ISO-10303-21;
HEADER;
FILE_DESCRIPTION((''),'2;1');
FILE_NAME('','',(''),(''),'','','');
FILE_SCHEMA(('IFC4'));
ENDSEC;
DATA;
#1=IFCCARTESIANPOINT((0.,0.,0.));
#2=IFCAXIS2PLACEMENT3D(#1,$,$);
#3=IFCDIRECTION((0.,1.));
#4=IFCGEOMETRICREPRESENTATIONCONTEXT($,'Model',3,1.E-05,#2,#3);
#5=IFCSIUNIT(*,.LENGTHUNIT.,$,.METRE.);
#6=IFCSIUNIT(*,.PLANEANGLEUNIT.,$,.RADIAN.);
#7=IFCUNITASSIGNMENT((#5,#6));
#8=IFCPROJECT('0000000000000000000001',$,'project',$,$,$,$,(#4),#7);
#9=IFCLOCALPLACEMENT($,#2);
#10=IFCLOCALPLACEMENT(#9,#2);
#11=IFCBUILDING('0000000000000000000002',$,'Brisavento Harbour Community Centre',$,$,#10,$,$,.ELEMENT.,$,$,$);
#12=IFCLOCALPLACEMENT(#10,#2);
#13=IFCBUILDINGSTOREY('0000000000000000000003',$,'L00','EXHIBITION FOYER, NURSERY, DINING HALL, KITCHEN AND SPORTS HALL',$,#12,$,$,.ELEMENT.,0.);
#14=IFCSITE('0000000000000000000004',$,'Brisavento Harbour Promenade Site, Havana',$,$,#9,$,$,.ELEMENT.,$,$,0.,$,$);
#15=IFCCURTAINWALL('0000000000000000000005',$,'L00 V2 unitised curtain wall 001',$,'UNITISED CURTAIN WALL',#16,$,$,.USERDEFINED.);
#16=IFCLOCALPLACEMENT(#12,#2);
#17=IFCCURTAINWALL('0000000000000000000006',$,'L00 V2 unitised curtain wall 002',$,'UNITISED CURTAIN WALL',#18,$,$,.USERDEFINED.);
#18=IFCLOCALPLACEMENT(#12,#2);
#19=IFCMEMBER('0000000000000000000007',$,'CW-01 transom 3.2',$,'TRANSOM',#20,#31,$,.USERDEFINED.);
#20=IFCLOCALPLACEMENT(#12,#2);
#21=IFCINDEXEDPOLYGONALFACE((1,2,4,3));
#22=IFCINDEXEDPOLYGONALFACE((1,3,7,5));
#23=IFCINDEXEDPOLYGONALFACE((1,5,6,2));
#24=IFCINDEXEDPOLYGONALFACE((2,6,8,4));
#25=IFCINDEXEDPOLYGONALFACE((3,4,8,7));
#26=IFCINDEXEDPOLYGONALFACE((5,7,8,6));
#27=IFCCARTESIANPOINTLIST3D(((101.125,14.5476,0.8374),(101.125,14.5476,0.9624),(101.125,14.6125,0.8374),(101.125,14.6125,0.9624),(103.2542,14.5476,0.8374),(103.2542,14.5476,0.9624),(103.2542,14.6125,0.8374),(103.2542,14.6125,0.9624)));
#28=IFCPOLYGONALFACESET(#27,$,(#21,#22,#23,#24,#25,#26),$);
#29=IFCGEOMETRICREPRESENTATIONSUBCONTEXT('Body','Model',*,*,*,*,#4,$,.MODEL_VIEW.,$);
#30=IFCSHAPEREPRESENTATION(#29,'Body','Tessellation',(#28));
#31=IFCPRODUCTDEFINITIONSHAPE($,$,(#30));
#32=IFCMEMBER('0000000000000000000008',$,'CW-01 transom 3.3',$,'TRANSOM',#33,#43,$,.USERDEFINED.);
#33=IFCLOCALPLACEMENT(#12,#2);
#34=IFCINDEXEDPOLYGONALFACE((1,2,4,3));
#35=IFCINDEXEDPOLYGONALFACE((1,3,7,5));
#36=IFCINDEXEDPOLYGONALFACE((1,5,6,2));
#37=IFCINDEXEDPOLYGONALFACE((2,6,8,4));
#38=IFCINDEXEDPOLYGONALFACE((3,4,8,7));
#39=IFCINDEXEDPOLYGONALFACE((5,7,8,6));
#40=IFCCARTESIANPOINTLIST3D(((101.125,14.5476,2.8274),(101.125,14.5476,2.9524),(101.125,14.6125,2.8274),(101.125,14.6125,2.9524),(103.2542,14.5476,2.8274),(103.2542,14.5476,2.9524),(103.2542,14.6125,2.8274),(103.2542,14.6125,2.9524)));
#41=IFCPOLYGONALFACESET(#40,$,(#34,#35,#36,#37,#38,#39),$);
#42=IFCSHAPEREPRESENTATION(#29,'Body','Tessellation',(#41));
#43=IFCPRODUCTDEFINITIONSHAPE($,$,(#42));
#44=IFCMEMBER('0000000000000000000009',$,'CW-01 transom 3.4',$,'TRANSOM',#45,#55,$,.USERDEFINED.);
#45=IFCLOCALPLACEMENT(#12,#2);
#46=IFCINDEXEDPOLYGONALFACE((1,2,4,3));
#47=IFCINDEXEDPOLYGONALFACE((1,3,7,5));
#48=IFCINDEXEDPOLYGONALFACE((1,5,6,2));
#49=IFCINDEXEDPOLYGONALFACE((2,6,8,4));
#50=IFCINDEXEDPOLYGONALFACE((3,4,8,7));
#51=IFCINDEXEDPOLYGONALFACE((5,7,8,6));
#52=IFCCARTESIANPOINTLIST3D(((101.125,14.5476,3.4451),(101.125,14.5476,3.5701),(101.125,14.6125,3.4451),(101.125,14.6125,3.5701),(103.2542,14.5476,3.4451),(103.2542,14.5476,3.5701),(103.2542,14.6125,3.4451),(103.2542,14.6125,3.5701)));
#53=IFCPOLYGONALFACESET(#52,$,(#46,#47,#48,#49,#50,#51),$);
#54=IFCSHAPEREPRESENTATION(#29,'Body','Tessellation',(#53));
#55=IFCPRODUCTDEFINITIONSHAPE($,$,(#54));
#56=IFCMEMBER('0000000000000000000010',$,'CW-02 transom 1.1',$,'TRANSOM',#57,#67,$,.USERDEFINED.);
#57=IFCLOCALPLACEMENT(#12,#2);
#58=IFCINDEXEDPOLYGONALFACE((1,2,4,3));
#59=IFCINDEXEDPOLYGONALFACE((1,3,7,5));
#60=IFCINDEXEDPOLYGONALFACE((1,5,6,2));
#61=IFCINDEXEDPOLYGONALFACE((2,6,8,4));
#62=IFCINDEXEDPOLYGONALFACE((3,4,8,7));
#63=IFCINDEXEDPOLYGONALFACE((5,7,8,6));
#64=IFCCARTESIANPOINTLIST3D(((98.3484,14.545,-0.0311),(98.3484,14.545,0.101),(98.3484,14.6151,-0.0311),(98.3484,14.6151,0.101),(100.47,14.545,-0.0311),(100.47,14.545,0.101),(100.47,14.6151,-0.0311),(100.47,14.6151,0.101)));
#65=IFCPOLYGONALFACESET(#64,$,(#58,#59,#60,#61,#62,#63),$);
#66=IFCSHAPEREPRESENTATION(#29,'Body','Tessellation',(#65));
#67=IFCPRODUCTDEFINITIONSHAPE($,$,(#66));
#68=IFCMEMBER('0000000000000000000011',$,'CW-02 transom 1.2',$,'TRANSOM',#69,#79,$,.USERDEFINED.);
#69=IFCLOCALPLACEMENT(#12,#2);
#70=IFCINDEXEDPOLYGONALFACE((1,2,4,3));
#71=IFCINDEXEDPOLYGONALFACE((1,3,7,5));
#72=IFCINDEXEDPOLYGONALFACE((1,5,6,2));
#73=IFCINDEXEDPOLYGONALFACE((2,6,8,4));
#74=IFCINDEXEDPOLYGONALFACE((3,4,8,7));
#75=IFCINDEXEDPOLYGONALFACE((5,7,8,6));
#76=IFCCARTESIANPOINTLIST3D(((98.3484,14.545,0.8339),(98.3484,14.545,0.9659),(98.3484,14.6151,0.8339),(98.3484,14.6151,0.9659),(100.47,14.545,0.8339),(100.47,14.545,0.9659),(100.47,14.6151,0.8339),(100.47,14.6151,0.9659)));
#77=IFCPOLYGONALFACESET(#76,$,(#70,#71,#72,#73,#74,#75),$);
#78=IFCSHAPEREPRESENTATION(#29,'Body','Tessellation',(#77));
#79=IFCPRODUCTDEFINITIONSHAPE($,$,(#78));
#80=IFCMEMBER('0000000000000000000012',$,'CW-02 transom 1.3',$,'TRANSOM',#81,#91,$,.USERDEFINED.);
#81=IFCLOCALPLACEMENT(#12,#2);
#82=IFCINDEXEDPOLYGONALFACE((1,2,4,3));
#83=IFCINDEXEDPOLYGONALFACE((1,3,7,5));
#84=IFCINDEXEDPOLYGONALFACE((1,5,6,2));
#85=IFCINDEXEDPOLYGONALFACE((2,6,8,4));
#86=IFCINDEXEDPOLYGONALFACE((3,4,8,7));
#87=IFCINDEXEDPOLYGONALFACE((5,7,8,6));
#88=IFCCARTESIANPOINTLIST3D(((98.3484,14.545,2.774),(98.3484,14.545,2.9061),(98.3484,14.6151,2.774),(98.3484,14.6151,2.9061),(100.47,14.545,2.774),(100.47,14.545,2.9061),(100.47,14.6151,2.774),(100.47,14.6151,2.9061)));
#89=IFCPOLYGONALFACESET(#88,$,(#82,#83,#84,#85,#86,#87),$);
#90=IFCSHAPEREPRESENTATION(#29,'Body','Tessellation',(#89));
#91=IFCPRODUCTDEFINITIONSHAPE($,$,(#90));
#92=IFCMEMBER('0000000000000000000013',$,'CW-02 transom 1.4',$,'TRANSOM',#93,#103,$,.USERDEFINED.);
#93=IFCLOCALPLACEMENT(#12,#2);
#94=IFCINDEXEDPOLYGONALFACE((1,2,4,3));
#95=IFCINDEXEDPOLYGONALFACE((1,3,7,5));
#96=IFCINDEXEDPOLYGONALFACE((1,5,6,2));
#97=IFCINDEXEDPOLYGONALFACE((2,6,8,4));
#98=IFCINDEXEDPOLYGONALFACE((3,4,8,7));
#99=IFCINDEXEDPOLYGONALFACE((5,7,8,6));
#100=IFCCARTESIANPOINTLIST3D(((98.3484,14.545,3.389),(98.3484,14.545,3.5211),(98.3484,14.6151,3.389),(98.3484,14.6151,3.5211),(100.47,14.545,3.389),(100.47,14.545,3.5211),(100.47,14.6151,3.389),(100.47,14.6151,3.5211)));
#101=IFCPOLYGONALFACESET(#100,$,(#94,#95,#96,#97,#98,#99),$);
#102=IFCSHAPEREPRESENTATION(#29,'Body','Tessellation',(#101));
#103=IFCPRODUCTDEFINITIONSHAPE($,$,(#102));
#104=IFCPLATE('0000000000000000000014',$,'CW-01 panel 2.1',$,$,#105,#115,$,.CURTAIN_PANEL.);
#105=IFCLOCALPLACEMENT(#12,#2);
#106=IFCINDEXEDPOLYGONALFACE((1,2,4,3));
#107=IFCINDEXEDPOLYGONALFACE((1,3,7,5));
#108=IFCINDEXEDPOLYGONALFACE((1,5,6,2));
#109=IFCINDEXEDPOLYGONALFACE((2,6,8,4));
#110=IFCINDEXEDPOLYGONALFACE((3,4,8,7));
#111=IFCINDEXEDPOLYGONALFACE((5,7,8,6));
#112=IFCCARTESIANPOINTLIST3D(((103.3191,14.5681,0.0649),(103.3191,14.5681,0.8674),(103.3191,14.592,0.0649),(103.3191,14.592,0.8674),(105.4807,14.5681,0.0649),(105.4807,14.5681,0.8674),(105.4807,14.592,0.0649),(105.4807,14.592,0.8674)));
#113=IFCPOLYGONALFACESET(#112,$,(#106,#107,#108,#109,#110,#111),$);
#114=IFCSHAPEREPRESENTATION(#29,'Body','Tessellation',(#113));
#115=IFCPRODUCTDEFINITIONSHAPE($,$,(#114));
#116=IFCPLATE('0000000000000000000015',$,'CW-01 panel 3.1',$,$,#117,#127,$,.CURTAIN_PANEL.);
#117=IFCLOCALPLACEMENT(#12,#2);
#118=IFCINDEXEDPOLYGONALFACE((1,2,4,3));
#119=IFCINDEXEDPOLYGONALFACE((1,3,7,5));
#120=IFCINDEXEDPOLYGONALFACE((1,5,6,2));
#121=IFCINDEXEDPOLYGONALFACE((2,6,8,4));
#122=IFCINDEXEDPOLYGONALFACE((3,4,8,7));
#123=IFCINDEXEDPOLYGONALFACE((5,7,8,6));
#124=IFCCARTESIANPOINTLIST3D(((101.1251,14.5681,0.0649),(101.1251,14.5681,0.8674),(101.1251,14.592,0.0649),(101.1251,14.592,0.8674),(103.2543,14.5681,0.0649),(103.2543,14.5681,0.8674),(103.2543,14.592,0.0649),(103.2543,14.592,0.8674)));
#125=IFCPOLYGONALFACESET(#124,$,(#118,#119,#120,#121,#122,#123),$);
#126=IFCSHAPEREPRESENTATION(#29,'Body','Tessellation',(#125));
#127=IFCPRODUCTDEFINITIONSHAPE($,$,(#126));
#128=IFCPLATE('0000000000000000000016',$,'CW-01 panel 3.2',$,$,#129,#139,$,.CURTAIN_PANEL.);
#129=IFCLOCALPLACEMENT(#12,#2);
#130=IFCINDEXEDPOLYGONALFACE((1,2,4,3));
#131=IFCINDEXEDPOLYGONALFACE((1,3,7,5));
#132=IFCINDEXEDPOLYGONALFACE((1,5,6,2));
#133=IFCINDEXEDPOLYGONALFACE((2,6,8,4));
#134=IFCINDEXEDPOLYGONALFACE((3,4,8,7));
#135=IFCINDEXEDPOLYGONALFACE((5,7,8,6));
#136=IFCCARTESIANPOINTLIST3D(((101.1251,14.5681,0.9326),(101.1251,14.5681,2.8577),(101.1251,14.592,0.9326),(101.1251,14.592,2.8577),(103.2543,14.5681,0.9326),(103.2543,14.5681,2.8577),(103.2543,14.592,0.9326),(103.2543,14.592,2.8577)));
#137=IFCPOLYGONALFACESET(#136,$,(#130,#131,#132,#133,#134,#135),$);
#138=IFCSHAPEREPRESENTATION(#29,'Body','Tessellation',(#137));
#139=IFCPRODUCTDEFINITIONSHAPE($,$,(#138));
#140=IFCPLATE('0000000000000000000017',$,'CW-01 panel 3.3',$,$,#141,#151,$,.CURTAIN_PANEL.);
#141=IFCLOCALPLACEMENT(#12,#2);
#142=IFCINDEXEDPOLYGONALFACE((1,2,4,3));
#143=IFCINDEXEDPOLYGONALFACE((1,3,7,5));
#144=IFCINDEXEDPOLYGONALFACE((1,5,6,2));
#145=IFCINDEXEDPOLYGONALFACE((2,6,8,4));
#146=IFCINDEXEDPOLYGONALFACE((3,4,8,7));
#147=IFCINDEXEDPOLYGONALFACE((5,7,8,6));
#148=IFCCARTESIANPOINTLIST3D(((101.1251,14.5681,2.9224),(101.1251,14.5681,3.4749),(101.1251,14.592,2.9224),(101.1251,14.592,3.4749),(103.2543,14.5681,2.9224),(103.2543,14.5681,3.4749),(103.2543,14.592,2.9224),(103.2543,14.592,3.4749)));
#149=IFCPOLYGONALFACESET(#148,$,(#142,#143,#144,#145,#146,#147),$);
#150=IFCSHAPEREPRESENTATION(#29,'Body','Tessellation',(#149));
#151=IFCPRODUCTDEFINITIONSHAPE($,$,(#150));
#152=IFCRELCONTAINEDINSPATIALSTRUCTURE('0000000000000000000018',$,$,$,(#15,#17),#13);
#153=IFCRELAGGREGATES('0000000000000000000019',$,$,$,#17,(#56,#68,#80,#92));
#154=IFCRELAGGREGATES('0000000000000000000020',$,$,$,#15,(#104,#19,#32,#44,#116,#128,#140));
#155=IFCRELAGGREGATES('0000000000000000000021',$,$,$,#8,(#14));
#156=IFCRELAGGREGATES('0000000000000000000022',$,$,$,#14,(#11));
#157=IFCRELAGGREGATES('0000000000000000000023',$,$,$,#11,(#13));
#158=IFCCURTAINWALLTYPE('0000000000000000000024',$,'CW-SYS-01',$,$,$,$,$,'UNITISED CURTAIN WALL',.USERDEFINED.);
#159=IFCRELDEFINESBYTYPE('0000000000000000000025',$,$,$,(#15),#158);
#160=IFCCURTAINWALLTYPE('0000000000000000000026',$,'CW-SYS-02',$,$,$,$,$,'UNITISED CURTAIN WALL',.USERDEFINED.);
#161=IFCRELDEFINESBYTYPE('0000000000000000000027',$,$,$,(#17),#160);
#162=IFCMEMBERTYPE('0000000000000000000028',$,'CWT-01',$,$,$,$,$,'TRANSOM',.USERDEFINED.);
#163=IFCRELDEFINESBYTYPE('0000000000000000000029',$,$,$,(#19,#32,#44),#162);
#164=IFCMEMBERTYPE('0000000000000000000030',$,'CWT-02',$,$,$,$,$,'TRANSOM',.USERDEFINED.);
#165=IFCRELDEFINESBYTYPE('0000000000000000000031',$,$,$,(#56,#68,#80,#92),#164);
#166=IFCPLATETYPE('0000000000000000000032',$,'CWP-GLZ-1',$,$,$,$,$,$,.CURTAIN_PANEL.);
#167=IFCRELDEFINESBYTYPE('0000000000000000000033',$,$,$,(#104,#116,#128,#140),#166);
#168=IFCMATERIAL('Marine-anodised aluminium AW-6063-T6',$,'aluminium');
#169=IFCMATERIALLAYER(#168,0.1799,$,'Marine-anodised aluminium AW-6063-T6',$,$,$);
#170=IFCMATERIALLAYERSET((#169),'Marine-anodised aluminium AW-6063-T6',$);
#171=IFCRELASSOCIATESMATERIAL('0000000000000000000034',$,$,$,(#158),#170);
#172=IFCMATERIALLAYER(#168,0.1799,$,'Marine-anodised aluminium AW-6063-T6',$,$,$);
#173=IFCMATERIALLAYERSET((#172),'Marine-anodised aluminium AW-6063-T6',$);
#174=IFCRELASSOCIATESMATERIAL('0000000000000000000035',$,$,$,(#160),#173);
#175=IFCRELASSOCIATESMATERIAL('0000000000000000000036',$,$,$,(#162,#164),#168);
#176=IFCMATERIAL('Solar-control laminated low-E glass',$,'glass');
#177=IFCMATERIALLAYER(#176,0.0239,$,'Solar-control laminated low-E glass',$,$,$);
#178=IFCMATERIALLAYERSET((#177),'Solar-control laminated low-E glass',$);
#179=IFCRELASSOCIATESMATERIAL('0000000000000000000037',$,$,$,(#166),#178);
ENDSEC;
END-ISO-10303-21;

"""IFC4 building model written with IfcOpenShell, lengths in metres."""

from ifc_helpers import new_model, si_unit, direction, frame, origin, origin_2d, place, context, subcontext, project, spatial, rectangle, extrude, material, layer, layer_set, material_profile, profile_set, type_object, element, aggregate, save


model = new_model("IFC4")

# Units and contexts
model_context = context("Model", 3, precision=1e-05, world=origin(), true_north=direction((0.0, 1.0)))
body_context = subcontext(model_context, "Body", "Model", "MODEL_VIEW")
ifc_project = project(units=[si_unit("LENGTHUNIT", "METRE"), si_unit("PLANEANGLEUNIT", "RADIAN")], contexts=[model_context])

# Site, building, storey
site_placement = place(None, origin())
site = spatial("IfcSite", under=ifc_project, at=site_placement, Name="Brisavento Harbour Promenade Site, Havana", CompositionType="ELEMENT", RefElevation=0.0)
building_placement = place(site_placement, origin())
building = spatial("IfcBuilding", under=site, at=building_placement, Name="Brisavento Harbour Community Centre", CompositionType="ELEMENT")
storey_placement = place(building_placement, origin())
storey = spatial("IfcBuildingStorey", under=building, at=storey_placement, Name="L00", Description="EXHIBITION FOYER, NURSERY, DINING HALL, KITCHEN AND SPORTS HALL", CompositionType="ELEMENT", Elevation=0.0)

# Curtain wall
ifc_material_1 = material(Name="Marine-anodised aluminium AW-6063-T6", Category="aluminium")
ifc_layer_1 = layer(ifc_material_1, 0.1799, Name="Marine-anodised aluminium AW-6063-T6")
ifc_layer_set_1 = layer_set([ifc_layer_1], Name="Marine-anodised aluminium AW-6063-T6")
curtain_wall_type_1 = type_object("IfcCurtainWallType", Name="CW-SYS-01", ElementType="UNITISED CURTAIN WALL", PredefinedType="USERDEFINED", material=ifc_layer_set_1)
curtain_wall_1_placement = place(storey_placement, origin())
curtain_wall_1 = element("IfcCurtainWall", 1, at=curtain_wall_1_placement, inside=storey, type_object=curtain_wall_type_1, Name="L00 V2 unitised curtain wall 001", ObjectType="UNITISED CURTAIN WALL", PredefinedType="USERDEFINED")

# Curtain wall
ifc_layer_2 = layer(ifc_material_1, 0.1799, Name="Marine-anodised aluminium AW-6063-T6")
ifc_layer_set_2 = layer_set([ifc_layer_2], Name="Marine-anodised aluminium AW-6063-T6")
curtain_wall_type_2 = type_object("IfcCurtainWallType", Name="CW-SYS-02", ElementType="UNITISED CURTAIN WALL", PredefinedType="USERDEFINED", material=ifc_layer_set_2)
curtain_wall_2_placement = place(storey_placement, origin())
curtain_wall_2 = element("IfcCurtainWall", 2, at=curtain_wall_2_placement, inside=storey, type_object=curtain_wall_type_2, Name="L00 V2 unitised curtain wall 002", ObjectType="UNITISED CURTAIN WALL", PredefinedType="USERDEFINED")

# Members
ifc_material_profile_1 = material_profile(ifc_material_1, rectangle(XDim=0.0649, YDim=0.125, at=origin_2d()), Name="Marine-anodised aluminium AW-6063-T6")
ifc_profile_set_1 = profile_set([ifc_material_profile_1], Name="Marine-anodised aluminium AW-6063-T6")
member_type_1 = type_object("IfcMemberType", Name="CWT-01", ElementType="TRANSOM", PredefinedType="USERDEFINED", material=ifc_profile_set_1)
member_1_placement = place(storey_placement, frame((103.2542, 14.5801, 0.8999), z_axis=(-1.0, 0.0, 0.0), x_axis=(0.0, -1.0, 0.0)))
member_1 = element("IfcMember", 3, at=member_1_placement, type_object=member_type_1, Name="CW-01 transom 3.2", ObjectType="TRANSOM", PredefinedType="USERDEFINED", context=body_context, shape_type="SweptSolid", body=[
    extrude(rectangle(XDim=0.0649, YDim=0.125, at=origin_2d()), origin(), (0.0, 0.0, 1.0), 2.1292),
])
member_2_placement = place(storey_placement, frame((103.2542, 14.5801, 2.8899), z_axis=(-1.0, 0.0, 0.0), x_axis=(0.0, -1.0, 0.0)))
member_2 = element("IfcMember", 4, at=member_2_placement, type_object=member_type_1, Name="CW-01 transom 3.3", ObjectType="TRANSOM", PredefinedType="USERDEFINED", context=body_context, shape_type="SweptSolid", body=[
    extrude(rectangle(XDim=0.0649, YDim=0.125, at=origin_2d()), origin(), (0.0, 0.0, 1.0), 2.1292),
])
member_3_placement = place(storey_placement, frame((103.2542, 14.5801, 3.5076), z_axis=(-1.0, 0.0, 0.0), x_axis=(0.0, -1.0, 0.0)))
member_3 = element("IfcMember", 5, at=member_3_placement, type_object=member_type_1, Name="CW-01 transom 3.4", ObjectType="TRANSOM", PredefinedType="USERDEFINED", context=body_context, shape_type="SweptSolid", body=[
    extrude(rectangle(XDim=0.0649, YDim=0.125, at=origin_2d()), origin(), (0.0, 0.0, 1.0), 2.1292),
])
ifc_material_profile_2 = material_profile(ifc_material_1, rectangle(XDim=0.0701, YDim=0.1321, at=origin_2d()), Name="Marine-anodised aluminium AW-6063-T6")
ifc_profile_set_2 = profile_set([ifc_material_profile_2], Name="Marine-anodised aluminium AW-6063-T6")
member_type_2 = type_object("IfcMemberType", Name="CWT-02", ElementType="TRANSOM", PredefinedType="USERDEFINED", material=ifc_profile_set_2)
member_4_placement = place(storey_placement, frame((100.47, 14.5801, 0.0349), z_axis=(-1.0, 0.0, 0.0), x_axis=(0.0, -1.0, 0.0)))
member_4 = element("IfcMember", 6, at=member_4_placement, type_object=member_type_2, Name="CW-02 transom 1.1", ObjectType="TRANSOM", PredefinedType="USERDEFINED", context=body_context, shape_type="SweptSolid", body=[
    extrude(rectangle(XDim=0.0701, YDim=0.1321, at=origin_2d()), origin(), (0.0, 0.0, 1.0), 2.1216),
])
member_5_placement = place(storey_placement, frame((100.47, 14.5801, 0.8999), z_axis=(-1.0, 0.0, 0.0), x_axis=(0.0, -1.0, 0.0)))
member_5 = element("IfcMember", 7, at=member_5_placement, type_object=member_type_2, Name="CW-02 transom 1.2", ObjectType="TRANSOM", PredefinedType="USERDEFINED", context=body_context, shape_type="SweptSolid", body=[
    extrude(rectangle(XDim=0.0701, YDim=0.1321, at=origin_2d()), origin(), (0.0, 0.0, 1.0), 2.1216),
])
member_6_placement = place(storey_placement, frame((100.47, 14.5801, 2.8401), z_axis=(-1.0, 0.0, 0.0), x_axis=(0.0, -1.0, 0.0)))
member_6 = element("IfcMember", 8, at=member_6_placement, type_object=member_type_2, Name="CW-02 transom 1.3", ObjectType="TRANSOM", PredefinedType="USERDEFINED", context=body_context, shape_type="SweptSolid", body=[
    extrude(rectangle(XDim=0.0701, YDim=0.1321, at=origin_2d()), origin(), (0.0, 0.0, 1.0), 2.1216),
])
member_7_placement = place(storey_placement, frame((100.47, 14.5801, 3.4551), z_axis=(-1.0, 0.0, 0.0), x_axis=(0.0, -1.0, 0.0)))
member_7 = element("IfcMember", 9, at=member_7_placement, type_object=member_type_2, Name="CW-02 transom 1.4", ObjectType="TRANSOM", PredefinedType="USERDEFINED", context=body_context, shape_type="SweptSolid", body=[
    extrude(rectangle(XDim=0.0701, YDim=0.1321, at=origin_2d()), origin(), (0.0, 0.0, 1.0), 2.1216),
])
aggregate(curtain_wall_2, [member_4, member_5, member_6, member_7])

# Plates
ifc_material_2 = material(Name="Solar-control laminated low-E glass", Category="glass")
ifc_layer_3 = layer(ifc_material_2, 0.0239, Name="Solar-control laminated low-E glass")
ifc_layer_set_3 = layer_set([ifc_layer_3], Name="Solar-control laminated low-E glass")
plate_type = type_object("IfcPlateType", Name="CWP-GLZ-1", PredefinedType="CURTAIN_PANEL", material=ifc_layer_set_3)
plate_1_placement = place(storey_placement, frame((104.3999, 14.5801, 0.0649), z_axis=(0.0, 0.0, 1.0), x_axis=(-1.0, 0.0, 0.0)))
plate_1 = element("IfcPlate", 10, at=plate_1_placement, type_object=plate_type, Name="CW-01 panel 2.1", PredefinedType="CURTAIN_PANEL", context=body_context, shape_type="SweptSolid", body=[
    extrude(rectangle(XDim=2.1616, YDim=0.0239, at=origin_2d()), origin(), (0.0, 0.0, 1.0), 0.8025),
])
plate_2_placement = place(storey_placement, frame((102.1897, 14.5801, 0.0649), z_axis=(0.0, 0.0, 1.0), x_axis=(-1.0, 0.0, 0.0)))
plate_2 = element("IfcPlate", 11, at=plate_2_placement, type_object=plate_type, Name="CW-01 panel 3.1", PredefinedType="CURTAIN_PANEL", context=body_context, shape_type="SweptSolid", body=[
    extrude(rectangle(XDim=2.1292, YDim=0.0239, at=origin_2d()), origin(), (0.0, 0.0, 1.0), 0.8025),
])
plate_3_placement = place(storey_placement, frame((102.1897, 14.5801, 0.9326), z_axis=(0.0, 0.0, 1.0), x_axis=(-1.0, 0.0, 0.0)))
plate_3 = element("IfcPlate", 12, at=plate_3_placement, type_object=plate_type, Name="CW-01 panel 3.2", PredefinedType="CURTAIN_PANEL", context=body_context, shape_type="SweptSolid", body=[
    extrude(rectangle(XDim=2.1292, YDim=0.0239, at=origin_2d()), origin(), (0.0, 0.0, 1.0), 1.925),
])
plate_4_placement = place(storey_placement, frame((102.1897, 14.5801, 2.9224), z_axis=(0.0, 0.0, 1.0), x_axis=(-1.0, 0.0, 0.0)))
plate_4 = element("IfcPlate", 13, at=plate_4_placement, type_object=plate_type, Name="CW-01 panel 3.3", PredefinedType="CURTAIN_PANEL", context=body_context, shape_type="SweptSolid", body=[
    extrude(rectangle(XDim=2.1292, YDim=0.0239, at=origin_2d()), origin(), (0.0, 0.0, 1.0), 0.5525),
])
aggregate(curtain_wall_1, [plate_1, member_1, member_2, member_3, plate_2, plate_3, plate_4])

save(model, "model.ifc")
